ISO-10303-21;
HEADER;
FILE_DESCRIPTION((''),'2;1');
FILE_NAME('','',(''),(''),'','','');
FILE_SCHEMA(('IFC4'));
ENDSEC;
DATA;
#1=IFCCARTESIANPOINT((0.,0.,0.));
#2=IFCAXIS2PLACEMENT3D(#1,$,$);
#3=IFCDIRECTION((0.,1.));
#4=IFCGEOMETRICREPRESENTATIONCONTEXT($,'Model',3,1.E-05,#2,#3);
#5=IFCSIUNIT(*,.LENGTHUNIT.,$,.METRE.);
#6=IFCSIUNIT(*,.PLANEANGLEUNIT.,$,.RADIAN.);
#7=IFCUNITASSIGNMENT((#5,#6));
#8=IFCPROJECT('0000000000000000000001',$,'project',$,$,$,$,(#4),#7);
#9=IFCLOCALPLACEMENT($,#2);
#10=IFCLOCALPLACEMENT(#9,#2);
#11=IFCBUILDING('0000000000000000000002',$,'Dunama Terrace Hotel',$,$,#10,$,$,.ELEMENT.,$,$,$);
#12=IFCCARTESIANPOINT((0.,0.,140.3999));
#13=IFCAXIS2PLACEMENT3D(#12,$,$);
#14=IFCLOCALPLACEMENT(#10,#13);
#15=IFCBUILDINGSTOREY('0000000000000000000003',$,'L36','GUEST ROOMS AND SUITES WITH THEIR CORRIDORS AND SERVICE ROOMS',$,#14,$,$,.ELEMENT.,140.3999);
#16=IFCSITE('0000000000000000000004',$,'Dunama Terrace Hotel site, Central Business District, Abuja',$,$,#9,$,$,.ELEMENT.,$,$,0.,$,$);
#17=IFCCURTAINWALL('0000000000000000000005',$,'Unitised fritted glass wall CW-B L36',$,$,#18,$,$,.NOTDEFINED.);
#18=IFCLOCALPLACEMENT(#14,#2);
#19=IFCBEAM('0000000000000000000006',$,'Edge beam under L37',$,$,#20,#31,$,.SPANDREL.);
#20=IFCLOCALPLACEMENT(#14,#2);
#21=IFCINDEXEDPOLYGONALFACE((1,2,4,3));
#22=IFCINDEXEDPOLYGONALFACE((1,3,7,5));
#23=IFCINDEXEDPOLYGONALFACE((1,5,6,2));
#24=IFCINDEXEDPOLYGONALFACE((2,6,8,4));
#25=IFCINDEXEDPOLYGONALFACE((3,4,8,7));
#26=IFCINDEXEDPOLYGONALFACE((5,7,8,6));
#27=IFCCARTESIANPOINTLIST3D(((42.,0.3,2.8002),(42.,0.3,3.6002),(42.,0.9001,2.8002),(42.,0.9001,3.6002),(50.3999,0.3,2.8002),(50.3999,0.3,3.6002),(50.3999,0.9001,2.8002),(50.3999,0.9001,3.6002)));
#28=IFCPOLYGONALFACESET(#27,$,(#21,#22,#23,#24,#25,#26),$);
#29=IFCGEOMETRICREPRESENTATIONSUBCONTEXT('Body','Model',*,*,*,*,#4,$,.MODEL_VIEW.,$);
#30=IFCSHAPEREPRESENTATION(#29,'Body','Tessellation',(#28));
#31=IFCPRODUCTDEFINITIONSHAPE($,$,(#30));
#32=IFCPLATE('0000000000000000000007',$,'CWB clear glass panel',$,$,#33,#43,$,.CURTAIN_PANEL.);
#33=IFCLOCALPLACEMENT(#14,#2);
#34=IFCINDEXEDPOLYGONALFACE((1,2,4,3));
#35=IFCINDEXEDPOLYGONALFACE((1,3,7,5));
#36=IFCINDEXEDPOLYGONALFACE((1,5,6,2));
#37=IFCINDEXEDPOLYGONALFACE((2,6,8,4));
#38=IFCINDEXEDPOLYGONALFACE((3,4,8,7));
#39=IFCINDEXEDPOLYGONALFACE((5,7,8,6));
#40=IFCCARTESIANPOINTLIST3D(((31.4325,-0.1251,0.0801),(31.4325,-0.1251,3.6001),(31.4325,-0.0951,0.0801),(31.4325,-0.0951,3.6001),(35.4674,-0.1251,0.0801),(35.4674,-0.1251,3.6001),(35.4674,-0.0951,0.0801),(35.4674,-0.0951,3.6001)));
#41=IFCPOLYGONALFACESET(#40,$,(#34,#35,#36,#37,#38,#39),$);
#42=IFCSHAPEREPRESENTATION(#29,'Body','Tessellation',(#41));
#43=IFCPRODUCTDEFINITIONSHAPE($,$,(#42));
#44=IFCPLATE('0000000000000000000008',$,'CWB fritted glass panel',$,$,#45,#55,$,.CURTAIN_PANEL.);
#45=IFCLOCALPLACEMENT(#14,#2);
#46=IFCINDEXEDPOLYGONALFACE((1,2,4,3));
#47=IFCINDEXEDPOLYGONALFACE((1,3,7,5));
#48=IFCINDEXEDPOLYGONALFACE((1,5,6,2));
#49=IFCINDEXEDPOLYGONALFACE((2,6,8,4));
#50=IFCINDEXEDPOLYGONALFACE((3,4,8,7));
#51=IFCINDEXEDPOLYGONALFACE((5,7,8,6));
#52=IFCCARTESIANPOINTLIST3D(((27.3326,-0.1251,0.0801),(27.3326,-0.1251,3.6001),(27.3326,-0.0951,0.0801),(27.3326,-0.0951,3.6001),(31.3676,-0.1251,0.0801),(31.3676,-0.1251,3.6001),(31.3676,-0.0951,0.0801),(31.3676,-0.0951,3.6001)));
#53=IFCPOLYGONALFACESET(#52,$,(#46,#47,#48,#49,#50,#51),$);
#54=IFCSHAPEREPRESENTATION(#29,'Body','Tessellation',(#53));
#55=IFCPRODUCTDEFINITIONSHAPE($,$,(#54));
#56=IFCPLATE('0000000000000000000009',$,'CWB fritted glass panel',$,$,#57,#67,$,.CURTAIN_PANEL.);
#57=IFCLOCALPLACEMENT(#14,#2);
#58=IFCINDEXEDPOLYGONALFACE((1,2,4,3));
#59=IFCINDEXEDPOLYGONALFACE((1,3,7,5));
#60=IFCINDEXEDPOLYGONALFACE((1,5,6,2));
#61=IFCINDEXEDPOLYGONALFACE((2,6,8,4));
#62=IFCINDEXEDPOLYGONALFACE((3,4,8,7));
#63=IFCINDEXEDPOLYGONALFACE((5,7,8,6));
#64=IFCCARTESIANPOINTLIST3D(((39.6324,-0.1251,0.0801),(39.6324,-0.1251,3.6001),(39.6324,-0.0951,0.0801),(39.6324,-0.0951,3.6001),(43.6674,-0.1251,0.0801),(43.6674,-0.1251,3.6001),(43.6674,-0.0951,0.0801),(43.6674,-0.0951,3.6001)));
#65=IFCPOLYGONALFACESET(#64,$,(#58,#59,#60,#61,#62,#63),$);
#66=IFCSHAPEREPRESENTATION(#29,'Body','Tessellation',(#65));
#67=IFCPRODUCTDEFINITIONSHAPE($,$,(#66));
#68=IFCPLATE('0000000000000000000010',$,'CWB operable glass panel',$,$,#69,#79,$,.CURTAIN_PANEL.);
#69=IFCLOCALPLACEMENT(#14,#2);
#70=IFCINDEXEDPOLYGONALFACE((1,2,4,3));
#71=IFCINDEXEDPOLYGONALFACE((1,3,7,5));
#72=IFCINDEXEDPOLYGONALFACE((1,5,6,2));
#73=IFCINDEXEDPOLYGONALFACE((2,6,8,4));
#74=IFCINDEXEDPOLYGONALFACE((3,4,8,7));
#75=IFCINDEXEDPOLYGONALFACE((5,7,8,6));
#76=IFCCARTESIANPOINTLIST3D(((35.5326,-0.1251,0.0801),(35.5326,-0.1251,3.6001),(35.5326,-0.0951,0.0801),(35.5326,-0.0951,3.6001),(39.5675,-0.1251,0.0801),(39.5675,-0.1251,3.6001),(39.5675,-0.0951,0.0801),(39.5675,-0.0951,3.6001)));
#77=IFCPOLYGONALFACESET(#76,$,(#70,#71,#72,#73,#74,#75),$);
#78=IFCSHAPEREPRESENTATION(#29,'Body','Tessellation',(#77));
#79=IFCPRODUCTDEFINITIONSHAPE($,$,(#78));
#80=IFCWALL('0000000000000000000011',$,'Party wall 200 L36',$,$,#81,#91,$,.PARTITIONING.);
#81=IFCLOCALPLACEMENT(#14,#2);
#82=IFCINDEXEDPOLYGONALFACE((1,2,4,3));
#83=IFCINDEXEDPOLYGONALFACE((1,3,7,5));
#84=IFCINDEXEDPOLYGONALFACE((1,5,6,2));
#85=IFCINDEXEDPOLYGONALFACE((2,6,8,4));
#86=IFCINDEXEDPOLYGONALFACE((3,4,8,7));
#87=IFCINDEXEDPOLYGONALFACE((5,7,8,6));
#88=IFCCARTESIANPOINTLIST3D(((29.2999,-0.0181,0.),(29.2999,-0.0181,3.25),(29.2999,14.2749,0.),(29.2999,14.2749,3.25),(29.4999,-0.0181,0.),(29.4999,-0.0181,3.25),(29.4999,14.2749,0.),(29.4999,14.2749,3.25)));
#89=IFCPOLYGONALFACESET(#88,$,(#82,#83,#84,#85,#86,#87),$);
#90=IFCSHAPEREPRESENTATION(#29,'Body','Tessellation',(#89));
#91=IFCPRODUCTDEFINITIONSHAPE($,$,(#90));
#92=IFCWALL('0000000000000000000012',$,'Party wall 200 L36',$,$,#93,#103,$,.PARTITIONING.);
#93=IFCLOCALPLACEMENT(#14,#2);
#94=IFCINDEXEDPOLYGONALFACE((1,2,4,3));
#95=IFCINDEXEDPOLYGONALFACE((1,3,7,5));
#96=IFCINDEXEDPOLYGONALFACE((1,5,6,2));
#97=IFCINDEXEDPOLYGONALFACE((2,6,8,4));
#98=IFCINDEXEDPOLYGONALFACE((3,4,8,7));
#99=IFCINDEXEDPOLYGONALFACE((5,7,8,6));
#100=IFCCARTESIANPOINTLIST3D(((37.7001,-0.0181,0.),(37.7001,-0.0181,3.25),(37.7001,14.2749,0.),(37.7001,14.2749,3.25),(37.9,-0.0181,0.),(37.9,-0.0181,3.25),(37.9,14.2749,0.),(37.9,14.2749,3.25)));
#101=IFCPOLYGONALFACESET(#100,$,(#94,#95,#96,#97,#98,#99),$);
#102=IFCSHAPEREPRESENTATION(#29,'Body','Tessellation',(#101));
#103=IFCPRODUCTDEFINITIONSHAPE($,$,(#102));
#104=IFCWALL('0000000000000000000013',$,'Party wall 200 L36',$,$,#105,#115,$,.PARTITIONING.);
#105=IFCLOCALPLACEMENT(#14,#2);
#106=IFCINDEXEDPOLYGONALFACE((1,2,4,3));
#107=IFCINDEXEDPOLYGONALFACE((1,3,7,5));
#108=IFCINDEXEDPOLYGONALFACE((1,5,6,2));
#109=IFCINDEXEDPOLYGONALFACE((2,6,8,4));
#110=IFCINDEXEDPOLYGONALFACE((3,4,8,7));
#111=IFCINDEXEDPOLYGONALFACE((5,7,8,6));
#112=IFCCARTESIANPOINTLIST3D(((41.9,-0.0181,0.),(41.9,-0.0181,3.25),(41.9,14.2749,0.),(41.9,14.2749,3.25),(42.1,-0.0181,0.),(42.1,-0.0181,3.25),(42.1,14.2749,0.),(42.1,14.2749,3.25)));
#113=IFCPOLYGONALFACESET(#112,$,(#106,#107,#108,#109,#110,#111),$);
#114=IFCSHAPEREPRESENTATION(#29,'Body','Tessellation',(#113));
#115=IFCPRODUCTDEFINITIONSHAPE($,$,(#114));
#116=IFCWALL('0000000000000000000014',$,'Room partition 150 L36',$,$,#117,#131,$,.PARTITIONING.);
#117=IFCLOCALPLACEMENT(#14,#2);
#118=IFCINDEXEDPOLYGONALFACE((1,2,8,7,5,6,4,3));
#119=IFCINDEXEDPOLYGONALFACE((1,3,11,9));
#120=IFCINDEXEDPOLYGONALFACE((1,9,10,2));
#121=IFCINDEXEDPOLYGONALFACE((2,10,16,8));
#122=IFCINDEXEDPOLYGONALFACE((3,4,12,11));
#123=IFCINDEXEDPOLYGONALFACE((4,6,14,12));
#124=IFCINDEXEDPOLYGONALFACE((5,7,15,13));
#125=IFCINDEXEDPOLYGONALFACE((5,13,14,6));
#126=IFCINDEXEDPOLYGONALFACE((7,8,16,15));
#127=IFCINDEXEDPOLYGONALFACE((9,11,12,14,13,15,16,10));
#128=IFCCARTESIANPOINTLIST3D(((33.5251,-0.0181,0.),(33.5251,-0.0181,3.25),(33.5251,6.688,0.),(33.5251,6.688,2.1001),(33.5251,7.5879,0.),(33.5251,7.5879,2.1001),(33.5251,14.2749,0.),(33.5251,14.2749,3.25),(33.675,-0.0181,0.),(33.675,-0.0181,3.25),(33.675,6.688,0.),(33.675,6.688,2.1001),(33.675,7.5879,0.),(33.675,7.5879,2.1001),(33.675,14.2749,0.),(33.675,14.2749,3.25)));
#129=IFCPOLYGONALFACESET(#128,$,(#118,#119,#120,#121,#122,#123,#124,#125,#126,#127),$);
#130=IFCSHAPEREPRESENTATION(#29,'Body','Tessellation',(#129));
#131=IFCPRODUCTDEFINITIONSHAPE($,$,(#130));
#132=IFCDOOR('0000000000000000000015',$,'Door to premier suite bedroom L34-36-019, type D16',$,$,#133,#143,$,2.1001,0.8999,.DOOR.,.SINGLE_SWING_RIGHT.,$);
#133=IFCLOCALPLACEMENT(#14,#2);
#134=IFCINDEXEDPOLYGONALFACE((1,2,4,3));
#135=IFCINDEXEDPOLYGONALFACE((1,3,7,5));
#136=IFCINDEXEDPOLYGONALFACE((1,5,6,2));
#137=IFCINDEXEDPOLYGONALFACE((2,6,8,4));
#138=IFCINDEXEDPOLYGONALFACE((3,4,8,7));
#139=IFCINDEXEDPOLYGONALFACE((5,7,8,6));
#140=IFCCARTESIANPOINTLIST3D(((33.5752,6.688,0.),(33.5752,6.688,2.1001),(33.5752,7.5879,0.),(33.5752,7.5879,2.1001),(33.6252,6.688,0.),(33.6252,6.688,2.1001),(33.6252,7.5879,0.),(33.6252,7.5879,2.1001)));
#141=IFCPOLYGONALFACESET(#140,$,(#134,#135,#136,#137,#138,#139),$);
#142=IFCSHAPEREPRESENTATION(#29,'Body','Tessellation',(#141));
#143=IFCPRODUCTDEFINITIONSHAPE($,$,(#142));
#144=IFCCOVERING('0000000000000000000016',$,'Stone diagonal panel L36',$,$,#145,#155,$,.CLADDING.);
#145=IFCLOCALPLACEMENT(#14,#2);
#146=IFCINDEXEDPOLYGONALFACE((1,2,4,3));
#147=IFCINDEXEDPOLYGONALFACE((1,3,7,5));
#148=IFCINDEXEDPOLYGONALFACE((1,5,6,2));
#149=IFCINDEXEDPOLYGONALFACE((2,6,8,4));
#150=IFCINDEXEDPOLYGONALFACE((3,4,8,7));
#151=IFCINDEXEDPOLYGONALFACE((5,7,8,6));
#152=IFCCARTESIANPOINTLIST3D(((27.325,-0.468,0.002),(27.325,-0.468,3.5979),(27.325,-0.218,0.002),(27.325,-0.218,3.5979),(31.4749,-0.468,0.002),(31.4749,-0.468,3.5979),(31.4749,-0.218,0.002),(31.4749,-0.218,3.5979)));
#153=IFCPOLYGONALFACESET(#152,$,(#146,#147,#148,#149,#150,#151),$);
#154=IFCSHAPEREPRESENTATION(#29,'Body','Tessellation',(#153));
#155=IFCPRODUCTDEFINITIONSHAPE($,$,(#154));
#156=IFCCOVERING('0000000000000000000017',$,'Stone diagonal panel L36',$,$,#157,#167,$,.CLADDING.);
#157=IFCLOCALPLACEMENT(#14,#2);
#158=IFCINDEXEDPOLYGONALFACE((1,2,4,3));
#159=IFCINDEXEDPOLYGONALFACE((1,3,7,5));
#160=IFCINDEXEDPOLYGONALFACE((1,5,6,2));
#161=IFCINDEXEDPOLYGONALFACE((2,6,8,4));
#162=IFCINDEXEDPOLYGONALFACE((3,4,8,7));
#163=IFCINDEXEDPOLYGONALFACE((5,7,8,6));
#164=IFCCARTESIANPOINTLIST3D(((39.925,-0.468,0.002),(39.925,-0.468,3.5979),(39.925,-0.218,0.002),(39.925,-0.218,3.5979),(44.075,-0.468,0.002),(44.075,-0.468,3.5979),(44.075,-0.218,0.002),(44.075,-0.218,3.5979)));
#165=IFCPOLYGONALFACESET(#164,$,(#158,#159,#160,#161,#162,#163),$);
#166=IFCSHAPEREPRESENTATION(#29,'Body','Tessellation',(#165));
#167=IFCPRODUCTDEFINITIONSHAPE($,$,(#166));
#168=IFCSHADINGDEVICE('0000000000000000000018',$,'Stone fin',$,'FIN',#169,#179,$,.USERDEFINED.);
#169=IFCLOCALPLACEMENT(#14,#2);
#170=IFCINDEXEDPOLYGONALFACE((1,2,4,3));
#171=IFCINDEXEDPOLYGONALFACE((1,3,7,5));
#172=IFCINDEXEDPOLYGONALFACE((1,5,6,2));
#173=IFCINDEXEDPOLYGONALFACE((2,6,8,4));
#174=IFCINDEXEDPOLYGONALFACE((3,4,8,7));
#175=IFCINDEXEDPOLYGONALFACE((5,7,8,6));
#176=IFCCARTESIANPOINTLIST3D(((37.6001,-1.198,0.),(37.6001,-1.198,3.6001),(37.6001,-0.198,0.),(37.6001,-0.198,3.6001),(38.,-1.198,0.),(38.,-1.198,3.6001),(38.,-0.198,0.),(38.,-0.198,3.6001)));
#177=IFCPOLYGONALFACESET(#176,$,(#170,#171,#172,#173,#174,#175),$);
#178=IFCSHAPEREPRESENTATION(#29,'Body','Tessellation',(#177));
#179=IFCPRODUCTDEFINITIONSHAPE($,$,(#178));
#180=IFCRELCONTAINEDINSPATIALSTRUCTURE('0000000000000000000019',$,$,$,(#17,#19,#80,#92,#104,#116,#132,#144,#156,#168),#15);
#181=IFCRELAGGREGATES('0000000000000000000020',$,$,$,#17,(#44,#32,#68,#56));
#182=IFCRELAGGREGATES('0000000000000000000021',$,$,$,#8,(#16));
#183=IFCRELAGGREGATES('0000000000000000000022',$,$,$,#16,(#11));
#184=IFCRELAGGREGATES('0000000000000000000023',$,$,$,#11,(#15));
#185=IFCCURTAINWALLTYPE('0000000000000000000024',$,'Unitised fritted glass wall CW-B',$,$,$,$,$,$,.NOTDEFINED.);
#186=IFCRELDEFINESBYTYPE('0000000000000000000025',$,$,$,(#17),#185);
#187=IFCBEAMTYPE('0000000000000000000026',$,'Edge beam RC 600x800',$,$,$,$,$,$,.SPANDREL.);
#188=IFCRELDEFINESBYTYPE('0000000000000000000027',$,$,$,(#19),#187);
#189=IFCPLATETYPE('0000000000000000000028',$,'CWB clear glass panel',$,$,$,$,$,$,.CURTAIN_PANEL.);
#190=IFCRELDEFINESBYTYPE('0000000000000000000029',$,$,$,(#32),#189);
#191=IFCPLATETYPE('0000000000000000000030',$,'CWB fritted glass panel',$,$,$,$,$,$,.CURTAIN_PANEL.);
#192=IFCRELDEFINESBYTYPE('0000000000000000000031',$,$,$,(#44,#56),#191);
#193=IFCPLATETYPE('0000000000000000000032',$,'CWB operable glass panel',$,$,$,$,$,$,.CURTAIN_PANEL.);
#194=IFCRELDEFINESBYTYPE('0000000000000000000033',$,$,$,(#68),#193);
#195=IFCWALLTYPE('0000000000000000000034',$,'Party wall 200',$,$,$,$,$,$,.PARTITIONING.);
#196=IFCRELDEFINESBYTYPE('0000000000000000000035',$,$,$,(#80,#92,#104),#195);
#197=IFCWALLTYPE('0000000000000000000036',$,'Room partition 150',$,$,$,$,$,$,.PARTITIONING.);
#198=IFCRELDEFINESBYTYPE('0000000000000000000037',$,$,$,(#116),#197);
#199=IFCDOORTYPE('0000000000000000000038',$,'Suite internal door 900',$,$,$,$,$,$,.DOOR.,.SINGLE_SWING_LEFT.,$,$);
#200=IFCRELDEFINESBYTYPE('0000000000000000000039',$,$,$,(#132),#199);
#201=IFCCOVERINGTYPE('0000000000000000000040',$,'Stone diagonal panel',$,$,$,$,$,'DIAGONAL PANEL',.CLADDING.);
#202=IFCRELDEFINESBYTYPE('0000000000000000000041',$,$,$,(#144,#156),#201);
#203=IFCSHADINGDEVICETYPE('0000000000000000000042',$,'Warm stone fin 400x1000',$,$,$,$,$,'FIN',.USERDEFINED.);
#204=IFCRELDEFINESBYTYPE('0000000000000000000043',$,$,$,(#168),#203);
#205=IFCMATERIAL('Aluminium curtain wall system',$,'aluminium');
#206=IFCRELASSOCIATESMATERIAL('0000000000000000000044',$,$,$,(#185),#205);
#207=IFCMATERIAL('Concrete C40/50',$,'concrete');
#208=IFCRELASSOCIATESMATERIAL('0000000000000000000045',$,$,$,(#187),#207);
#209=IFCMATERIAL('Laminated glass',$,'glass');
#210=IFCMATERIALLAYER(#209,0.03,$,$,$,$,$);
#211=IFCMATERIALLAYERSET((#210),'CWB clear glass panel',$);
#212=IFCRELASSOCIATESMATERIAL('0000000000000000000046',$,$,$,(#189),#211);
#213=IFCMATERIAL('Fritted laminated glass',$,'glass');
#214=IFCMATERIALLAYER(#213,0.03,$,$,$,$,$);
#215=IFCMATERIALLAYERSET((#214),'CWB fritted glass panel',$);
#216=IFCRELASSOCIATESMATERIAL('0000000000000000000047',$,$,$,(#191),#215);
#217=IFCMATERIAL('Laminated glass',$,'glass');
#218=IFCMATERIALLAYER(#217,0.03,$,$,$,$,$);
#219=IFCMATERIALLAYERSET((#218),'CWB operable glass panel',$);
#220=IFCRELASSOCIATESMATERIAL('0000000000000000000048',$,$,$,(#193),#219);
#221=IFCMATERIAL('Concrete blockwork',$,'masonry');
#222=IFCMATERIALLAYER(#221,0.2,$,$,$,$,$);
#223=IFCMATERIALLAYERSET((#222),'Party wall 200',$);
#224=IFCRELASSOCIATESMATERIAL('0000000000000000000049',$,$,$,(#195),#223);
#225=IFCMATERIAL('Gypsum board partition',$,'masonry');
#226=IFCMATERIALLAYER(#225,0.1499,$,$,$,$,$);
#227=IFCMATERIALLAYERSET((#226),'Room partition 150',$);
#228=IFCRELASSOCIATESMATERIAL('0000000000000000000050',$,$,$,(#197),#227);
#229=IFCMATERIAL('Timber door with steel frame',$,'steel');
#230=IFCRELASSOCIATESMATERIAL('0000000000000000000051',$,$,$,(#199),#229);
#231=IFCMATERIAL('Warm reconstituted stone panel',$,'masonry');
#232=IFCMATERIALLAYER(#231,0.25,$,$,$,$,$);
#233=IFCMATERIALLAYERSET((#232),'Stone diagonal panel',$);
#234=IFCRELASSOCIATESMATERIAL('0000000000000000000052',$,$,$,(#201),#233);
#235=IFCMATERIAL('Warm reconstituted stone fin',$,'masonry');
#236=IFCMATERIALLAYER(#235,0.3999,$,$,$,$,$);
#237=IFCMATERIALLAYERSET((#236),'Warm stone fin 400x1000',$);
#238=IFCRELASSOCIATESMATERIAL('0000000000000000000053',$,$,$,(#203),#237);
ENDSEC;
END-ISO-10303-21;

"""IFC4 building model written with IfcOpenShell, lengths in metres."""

from ifc_helpers import new_model, si_unit, direction, frame, frame_2d, origin, origin_2d, place, context, subcontext, project, spatial, rectangle, extrude, material, layer, layer_set, material_profile, profile_set, type_object, element, fill, aggregate, save


model = new_model("IFC4")

# Units and contexts
model_context = context("Model", 3, precision=1e-05, world=origin(), true_north=direction((0.0, 1.0)))
body_context = subcontext(model_context, "Body", "Model", "MODEL_VIEW")
ifc_project = project(units=[si_unit("LENGTHUNIT", "METRE"), si_unit("PLANEANGLEUNIT", "RADIAN")], contexts=[model_context])

# Site, building, storey
site_placement = place(None, origin())
site = spatial("IfcSite", under=ifc_project, at=site_placement, Name="Dunama Terrace Hotel site, Central Business District, Abuja", CompositionType="ELEMENT", RefElevation=0.0)
building_placement = place(site_placement, origin())
building = spatial("IfcBuilding", under=site, at=building_placement, Name="Dunama Terrace Hotel", CompositionType="ELEMENT")
storey_placement = place(building_placement, frame((0.0, 0.0, 140.3999)))
storey = spatial("IfcBuildingStorey", under=building, at=storey_placement, Name="L36", Description="GUEST ROOMS AND SUITES WITH THEIR CORRIDORS AND SERVICE ROOMS", CompositionType="ELEMENT", Elevation=140.3999)

# Curtain wall
ifc_material_1 = material(Name="Aluminium curtain wall system", Category="aluminium")
curtain_wall_type = type_object("IfcCurtainWallType", Name="Unitised fritted glass wall CW-B", PredefinedType="NOTDEFINED", material=ifc_material_1)
curtain_wall_placement = place(storey_placement, origin())
curtain_wall = element("IfcCurtainWall", 1, at=curtain_wall_placement, inside=storey, type_object=curtain_wall_type, Name="Unitised fritted glass wall CW-B L36", PredefinedType="NOTDEFINED")

# Beam
ifc_material_2 = material(Name="Concrete C40/50", Category="concrete")
ifc_material_profile_1 = material_profile(ifc_material_2, rectangle(XDim=0.6001, YDim=0.8, at=origin_2d()), Name="RC 600x800")
ifc_profile_set_1 = profile_set([ifc_material_profile_1], Name="Concrete C40/50")
beam_type = type_object("IfcBeamType", Name="Edge beam RC 600x800", PredefinedType="SPANDREL", material=ifc_profile_set_1)
for number, where, z_axis, x_axis, name in (
    (2, (42.0, 0.6001, 3.2002), (1.0, 0.0, 0.0), (0.0, 1.0, 0.0), "Edge beam under L37"),
):
    element("IfcBeam", number, at=place(storey_placement, frame(where, z_axis=z_axis, x_axis=x_axis)), inside=storey, type_object=beam_type, Name=name, PredefinedType="SPANDREL", context=body_context, shape_type="SweptSolid", body=[
        extrude(rectangle(XDim=0.6001, YDim=0.8, at=origin_2d()), origin(), (0.0, 0.0, 1.0), 8.3999),
    ])

# Plates
ifc_material_3 = material(Name="Laminated glass", Category="glass")
ifc_layer_1 = layer(ifc_material_3, 0.03)
ifc_layer_set_1 = layer_set([ifc_layer_1], Name="CWB clear glass panel")
plate_type_1 = type_object("IfcPlateType", Name="CWB clear glass panel", PredefinedType="CURTAIN_PANEL", material=ifc_layer_set_1)
plate_1_placement = place(storey_placement, frame((33.45, -0.1101, 0.0801), z_axis=(0.0, 0.0, 1.0), x_axis=(1.0, 0.0, 0.0)))
plate_1 = element("IfcPlate", 3, at=plate_1_placement, type_object=plate_type_1, Name="CWB clear glass panel", PredefinedType="CURTAIN_PANEL", context=body_context, shape_type="SweptSolid", body=[
    extrude(rectangle(XDim=4.0349, YDim=0.03, at=origin_2d()), origin(), (0.0, 0.0, 1.0), 3.52),
])
ifc_material_4 = material(Name="Fritted laminated glass", Category="glass")
ifc_layer_2 = layer(ifc_material_4, 0.03)
ifc_layer_set_2 = layer_set([ifc_layer_2], Name="CWB fritted glass panel")
plate_type_2 = type_object("IfcPlateType", Name="CWB fritted glass panel", PredefinedType="CURTAIN_PANEL", material=ifc_layer_set_2)
plate_2_placement = place(storey_placement, frame((29.3501, -0.1101, 0.0801), z_axis=(0.0, 0.0, 1.0), x_axis=(1.0, 0.0, 0.0)))
plate_2 = element("IfcPlate", 4, at=plate_2_placement, type_object=plate_type_2, Name="CWB fritted glass panel", PredefinedType="CURTAIN_PANEL", context=body_context, shape_type="SweptSolid", body=[
    extrude(rectangle(XDim=4.0349, YDim=0.03, at=origin_2d()), origin(), (0.0, 0.0, 1.0), 3.52),
])
plate_3_placement = place(storey_placement, frame((41.6499, -0.1101, 0.0801), z_axis=(0.0, 0.0, 1.0), x_axis=(1.0, 0.0, 0.0)))
plate_3 = element("IfcPlate", 5, at=plate_3_placement, type_object=plate_type_2, Name="CWB fritted glass panel", PredefinedType="CURTAIN_PANEL", context=body_context, shape_type="SweptSolid", body=[
    extrude(rectangle(XDim=4.0349, YDim=0.03, at=origin_2d()), origin(), (0.0, 0.0, 1.0), 3.52),
])
ifc_material_5 = material(Name="Laminated glass", Category="glass")
ifc_layer_3 = layer(ifc_material_5, 0.03)
ifc_layer_set_3 = layer_set([ifc_layer_3], Name="CWB operable glass panel")
plate_type_3 = type_object("IfcPlateType", Name="CWB operable glass panel", PredefinedType="CURTAIN_PANEL", material=ifc_layer_set_3)
plate_4_placement = place(storey_placement, frame((37.55, -0.1101, 0.0801), z_axis=(0.0, 0.0, 1.0), x_axis=(1.0, 0.0, 0.0)))
plate_4 = element("IfcPlate", 6, at=plate_4_placement, type_object=plate_type_3, Name="CWB operable glass panel", PredefinedType="CURTAIN_PANEL", context=body_context, shape_type="SweptSolid", body=[
    extrude(rectangle(XDim=4.0349, YDim=0.03, at=origin_2d()), origin(), (0.0, 0.0, 1.0), 3.52),
])
aggregate(curtain_wall, [plate_2, plate_1, plate_4, plate_3])

# Walls
ifc_material_6 = material(Name="Concrete blockwork", Category="masonry")
ifc_layer_4 = layer(ifc_material_6, 0.2)
ifc_layer_set_4 = layer_set([ifc_layer_4], Name="Party wall 200")
wall_type_1 = type_object("IfcWallType", Name="Party wall 200", PredefinedType="PARTITIONING", material=ifc_layer_set_4)
for number, where, z_axis, x_axis, name in (
    (7, (29.3999, -0.0181, 0.0), (0.0, 0.0, 1.0), (0.0, 1.0, 0.0), "Party wall 200 L36"),
    (8, (37.8, -0.0181, 0.0), (0.0, 0.0, 1.0), (0.0, 1.0, 0.0), "Party wall 200 L36"),
    (9, (42.0, -0.0181, 0.0), (0.0, 0.0, 1.0), (0.0, 1.0, 0.0), "Party wall 200 L36"),
):
    element("IfcWall", number, at=place(storey_placement, frame(where, z_axis=z_axis, x_axis=x_axis)), inside=storey, type_object=wall_type_1, Name=name, PredefinedType="PARTITIONING", context=body_context, shape_type="SweptSolid", body=[
        extrude(rectangle(XDim=14.293, YDim=0.2, at=frame_2d((7.1465, 0.0))), origin(), (0.0, 0.0, 1.0), 3.25),
    ])

# Wall, opening, door
ifc_material_7 = material(Name="Gypsum board partition", Category="masonry")
ifc_layer_5 = layer(ifc_material_7, 0.1499)
ifc_layer_set_5 = layer_set([ifc_layer_5], Name="Room partition 150")
wall_type_2 = type_object("IfcWallType", Name="Room partition 150", PredefinedType="PARTITIONING", material=ifc_layer_set_5)
wall_placement = place(storey_placement, frame((33.6001, -0.0181, 0.0), z_axis=(0.0, 0.0, 1.0), x_axis=(0.0, 1.0, 0.0)))
wall = element("IfcWall", 10, at=wall_placement, inside=storey, type_object=wall_type_2, Name="Room partition 150 L36", PredefinedType="PARTITIONING", context=body_context, shape_type="SweptSolid", body=[
    extrude(rectangle(XDim=14.293, YDim=0.1499, at=frame_2d((7.1465, 0.0))), origin(), (0.0, 0.0, 1.0), 3.25),
])
opening_placement = place(wall_placement, frame((6.7061, 0.0, 0.0)))
opening = element("IfcOpeningElement", 11, at=opening_placement, cuts=wall, PredefinedType="OPENING", context=body_context, shape_type="SweptSolid", body=[
    extrude(rectangle(XDim=0.8999, YDim=2.1001, at=frame_2d((0.45, 1.05))), frame((0.0, 0.085, 0.0), z_axis=(0.0, -1.0, 0.0), x_axis=(1.0, 0.0, 0.0)), (0.0, 0.0, 1.0), 0.1699),
])
ifc_material_8 = material(Name="Timber door with steel frame", Category="steel")
door_type = type_object("IfcDoorType", Name="Suite internal door 900", OperationType="SINGLE_SWING_LEFT", PredefinedType="DOOR", material=ifc_material_8)
door_placement = place(opening_placement, frame((0.8999, 0.0, 0.0), z_axis=(0.0, 0.0, 1.0), x_axis=(-1.0, 0.0, 0.0)))
door = element("IfcDoor", 12, at=door_placement, inside=storey, type_object=door_type, Name="Door to premier suite bedroom L34-36-019, type D16", OperationType="SINGLE_SWING_RIGHT", OverallHeight=2.1001, OverallWidth=0.8999, PredefinedType="DOOR", context=body_context, shape_type="SweptSolid", body=[
    extrude(rectangle(XDim=0.8999, YDim=2.1001, at=frame_2d((0.45, 1.05))), frame((0.0, 0.0251, 0.0), z_axis=(0.0, -1.0, 0.0), x_axis=(1.0, 0.0, 0.0)), (0.0, 0.0, 1.0), 0.05),
])
fill(opening, door)

# Coverings
ifc_material_9 = material(Name="Warm reconstituted stone panel", Category="masonry")
ifc_layer_6 = layer(ifc_material_9, 0.25)
ifc_layer_set_6 = layer_set([ifc_layer_6], Name="Stone diagonal panel")
covering_type = type_object("IfcCoveringType", Name="Stone diagonal panel", ElementType="DIAGONAL PANEL", PredefinedType="CLADDING", material=ifc_layer_set_6)
for number, where, z_axis, x_axis, name in (
    (13, (29.3999, -0.343, 0.002), (0.0, 0.0, 1.0), (1.0, 0.0, 0.0), "Stone diagonal panel L36"),
    (14, (42.0, -0.343, 0.002), (0.0, 0.0, 1.0), (1.0, 0.0, 0.0), "Stone diagonal panel L36"),
):
    element("IfcCovering", number, at=place(storey_placement, frame(where, z_axis=z_axis, x_axis=x_axis)), inside=storey, type_object=covering_type, Name=name, PredefinedType="CLADDING", context=body_context, shape_type="SweptSolid", body=[
        extrude(rectangle(XDim=4.1499, YDim=0.25, at=origin_2d()), origin(), (0.0, 0.0, 1.0), 3.5959),
    ])

# Shading device
ifc_material_10 = material(Name="Warm reconstituted stone fin", Category="masonry")
ifc_layer_7 = layer(ifc_material_10, 0.3999)
ifc_layer_set_7 = layer_set([ifc_layer_7], Name="Warm stone fin 400x1000")
shading_device_type = type_object("IfcShadingDeviceType", Name="Warm stone fin 400x1000", ElementType="FIN", PredefinedType="USERDEFINED", material=ifc_layer_set_7)
shading_device_placement = place(storey_placement, frame((37.8, -0.698, 0.0), z_axis=(0.0, 0.0, 1.0), x_axis=(1.0, 0.0, 0.0)))
element("IfcShadingDevice", 15, at=shading_device_placement, inside=storey, type_object=shading_device_type, Name="Stone fin", ObjectType="FIN", PredefinedType="USERDEFINED", context=body_context, shape_type="SweptSolid", body=[
    extrude(rectangle(XDim=0.3999, YDim=1.0, at=origin_2d()), origin(), (0.0, 0.0, 1.0), 3.6001),
])

save(model, "model.ifc")
